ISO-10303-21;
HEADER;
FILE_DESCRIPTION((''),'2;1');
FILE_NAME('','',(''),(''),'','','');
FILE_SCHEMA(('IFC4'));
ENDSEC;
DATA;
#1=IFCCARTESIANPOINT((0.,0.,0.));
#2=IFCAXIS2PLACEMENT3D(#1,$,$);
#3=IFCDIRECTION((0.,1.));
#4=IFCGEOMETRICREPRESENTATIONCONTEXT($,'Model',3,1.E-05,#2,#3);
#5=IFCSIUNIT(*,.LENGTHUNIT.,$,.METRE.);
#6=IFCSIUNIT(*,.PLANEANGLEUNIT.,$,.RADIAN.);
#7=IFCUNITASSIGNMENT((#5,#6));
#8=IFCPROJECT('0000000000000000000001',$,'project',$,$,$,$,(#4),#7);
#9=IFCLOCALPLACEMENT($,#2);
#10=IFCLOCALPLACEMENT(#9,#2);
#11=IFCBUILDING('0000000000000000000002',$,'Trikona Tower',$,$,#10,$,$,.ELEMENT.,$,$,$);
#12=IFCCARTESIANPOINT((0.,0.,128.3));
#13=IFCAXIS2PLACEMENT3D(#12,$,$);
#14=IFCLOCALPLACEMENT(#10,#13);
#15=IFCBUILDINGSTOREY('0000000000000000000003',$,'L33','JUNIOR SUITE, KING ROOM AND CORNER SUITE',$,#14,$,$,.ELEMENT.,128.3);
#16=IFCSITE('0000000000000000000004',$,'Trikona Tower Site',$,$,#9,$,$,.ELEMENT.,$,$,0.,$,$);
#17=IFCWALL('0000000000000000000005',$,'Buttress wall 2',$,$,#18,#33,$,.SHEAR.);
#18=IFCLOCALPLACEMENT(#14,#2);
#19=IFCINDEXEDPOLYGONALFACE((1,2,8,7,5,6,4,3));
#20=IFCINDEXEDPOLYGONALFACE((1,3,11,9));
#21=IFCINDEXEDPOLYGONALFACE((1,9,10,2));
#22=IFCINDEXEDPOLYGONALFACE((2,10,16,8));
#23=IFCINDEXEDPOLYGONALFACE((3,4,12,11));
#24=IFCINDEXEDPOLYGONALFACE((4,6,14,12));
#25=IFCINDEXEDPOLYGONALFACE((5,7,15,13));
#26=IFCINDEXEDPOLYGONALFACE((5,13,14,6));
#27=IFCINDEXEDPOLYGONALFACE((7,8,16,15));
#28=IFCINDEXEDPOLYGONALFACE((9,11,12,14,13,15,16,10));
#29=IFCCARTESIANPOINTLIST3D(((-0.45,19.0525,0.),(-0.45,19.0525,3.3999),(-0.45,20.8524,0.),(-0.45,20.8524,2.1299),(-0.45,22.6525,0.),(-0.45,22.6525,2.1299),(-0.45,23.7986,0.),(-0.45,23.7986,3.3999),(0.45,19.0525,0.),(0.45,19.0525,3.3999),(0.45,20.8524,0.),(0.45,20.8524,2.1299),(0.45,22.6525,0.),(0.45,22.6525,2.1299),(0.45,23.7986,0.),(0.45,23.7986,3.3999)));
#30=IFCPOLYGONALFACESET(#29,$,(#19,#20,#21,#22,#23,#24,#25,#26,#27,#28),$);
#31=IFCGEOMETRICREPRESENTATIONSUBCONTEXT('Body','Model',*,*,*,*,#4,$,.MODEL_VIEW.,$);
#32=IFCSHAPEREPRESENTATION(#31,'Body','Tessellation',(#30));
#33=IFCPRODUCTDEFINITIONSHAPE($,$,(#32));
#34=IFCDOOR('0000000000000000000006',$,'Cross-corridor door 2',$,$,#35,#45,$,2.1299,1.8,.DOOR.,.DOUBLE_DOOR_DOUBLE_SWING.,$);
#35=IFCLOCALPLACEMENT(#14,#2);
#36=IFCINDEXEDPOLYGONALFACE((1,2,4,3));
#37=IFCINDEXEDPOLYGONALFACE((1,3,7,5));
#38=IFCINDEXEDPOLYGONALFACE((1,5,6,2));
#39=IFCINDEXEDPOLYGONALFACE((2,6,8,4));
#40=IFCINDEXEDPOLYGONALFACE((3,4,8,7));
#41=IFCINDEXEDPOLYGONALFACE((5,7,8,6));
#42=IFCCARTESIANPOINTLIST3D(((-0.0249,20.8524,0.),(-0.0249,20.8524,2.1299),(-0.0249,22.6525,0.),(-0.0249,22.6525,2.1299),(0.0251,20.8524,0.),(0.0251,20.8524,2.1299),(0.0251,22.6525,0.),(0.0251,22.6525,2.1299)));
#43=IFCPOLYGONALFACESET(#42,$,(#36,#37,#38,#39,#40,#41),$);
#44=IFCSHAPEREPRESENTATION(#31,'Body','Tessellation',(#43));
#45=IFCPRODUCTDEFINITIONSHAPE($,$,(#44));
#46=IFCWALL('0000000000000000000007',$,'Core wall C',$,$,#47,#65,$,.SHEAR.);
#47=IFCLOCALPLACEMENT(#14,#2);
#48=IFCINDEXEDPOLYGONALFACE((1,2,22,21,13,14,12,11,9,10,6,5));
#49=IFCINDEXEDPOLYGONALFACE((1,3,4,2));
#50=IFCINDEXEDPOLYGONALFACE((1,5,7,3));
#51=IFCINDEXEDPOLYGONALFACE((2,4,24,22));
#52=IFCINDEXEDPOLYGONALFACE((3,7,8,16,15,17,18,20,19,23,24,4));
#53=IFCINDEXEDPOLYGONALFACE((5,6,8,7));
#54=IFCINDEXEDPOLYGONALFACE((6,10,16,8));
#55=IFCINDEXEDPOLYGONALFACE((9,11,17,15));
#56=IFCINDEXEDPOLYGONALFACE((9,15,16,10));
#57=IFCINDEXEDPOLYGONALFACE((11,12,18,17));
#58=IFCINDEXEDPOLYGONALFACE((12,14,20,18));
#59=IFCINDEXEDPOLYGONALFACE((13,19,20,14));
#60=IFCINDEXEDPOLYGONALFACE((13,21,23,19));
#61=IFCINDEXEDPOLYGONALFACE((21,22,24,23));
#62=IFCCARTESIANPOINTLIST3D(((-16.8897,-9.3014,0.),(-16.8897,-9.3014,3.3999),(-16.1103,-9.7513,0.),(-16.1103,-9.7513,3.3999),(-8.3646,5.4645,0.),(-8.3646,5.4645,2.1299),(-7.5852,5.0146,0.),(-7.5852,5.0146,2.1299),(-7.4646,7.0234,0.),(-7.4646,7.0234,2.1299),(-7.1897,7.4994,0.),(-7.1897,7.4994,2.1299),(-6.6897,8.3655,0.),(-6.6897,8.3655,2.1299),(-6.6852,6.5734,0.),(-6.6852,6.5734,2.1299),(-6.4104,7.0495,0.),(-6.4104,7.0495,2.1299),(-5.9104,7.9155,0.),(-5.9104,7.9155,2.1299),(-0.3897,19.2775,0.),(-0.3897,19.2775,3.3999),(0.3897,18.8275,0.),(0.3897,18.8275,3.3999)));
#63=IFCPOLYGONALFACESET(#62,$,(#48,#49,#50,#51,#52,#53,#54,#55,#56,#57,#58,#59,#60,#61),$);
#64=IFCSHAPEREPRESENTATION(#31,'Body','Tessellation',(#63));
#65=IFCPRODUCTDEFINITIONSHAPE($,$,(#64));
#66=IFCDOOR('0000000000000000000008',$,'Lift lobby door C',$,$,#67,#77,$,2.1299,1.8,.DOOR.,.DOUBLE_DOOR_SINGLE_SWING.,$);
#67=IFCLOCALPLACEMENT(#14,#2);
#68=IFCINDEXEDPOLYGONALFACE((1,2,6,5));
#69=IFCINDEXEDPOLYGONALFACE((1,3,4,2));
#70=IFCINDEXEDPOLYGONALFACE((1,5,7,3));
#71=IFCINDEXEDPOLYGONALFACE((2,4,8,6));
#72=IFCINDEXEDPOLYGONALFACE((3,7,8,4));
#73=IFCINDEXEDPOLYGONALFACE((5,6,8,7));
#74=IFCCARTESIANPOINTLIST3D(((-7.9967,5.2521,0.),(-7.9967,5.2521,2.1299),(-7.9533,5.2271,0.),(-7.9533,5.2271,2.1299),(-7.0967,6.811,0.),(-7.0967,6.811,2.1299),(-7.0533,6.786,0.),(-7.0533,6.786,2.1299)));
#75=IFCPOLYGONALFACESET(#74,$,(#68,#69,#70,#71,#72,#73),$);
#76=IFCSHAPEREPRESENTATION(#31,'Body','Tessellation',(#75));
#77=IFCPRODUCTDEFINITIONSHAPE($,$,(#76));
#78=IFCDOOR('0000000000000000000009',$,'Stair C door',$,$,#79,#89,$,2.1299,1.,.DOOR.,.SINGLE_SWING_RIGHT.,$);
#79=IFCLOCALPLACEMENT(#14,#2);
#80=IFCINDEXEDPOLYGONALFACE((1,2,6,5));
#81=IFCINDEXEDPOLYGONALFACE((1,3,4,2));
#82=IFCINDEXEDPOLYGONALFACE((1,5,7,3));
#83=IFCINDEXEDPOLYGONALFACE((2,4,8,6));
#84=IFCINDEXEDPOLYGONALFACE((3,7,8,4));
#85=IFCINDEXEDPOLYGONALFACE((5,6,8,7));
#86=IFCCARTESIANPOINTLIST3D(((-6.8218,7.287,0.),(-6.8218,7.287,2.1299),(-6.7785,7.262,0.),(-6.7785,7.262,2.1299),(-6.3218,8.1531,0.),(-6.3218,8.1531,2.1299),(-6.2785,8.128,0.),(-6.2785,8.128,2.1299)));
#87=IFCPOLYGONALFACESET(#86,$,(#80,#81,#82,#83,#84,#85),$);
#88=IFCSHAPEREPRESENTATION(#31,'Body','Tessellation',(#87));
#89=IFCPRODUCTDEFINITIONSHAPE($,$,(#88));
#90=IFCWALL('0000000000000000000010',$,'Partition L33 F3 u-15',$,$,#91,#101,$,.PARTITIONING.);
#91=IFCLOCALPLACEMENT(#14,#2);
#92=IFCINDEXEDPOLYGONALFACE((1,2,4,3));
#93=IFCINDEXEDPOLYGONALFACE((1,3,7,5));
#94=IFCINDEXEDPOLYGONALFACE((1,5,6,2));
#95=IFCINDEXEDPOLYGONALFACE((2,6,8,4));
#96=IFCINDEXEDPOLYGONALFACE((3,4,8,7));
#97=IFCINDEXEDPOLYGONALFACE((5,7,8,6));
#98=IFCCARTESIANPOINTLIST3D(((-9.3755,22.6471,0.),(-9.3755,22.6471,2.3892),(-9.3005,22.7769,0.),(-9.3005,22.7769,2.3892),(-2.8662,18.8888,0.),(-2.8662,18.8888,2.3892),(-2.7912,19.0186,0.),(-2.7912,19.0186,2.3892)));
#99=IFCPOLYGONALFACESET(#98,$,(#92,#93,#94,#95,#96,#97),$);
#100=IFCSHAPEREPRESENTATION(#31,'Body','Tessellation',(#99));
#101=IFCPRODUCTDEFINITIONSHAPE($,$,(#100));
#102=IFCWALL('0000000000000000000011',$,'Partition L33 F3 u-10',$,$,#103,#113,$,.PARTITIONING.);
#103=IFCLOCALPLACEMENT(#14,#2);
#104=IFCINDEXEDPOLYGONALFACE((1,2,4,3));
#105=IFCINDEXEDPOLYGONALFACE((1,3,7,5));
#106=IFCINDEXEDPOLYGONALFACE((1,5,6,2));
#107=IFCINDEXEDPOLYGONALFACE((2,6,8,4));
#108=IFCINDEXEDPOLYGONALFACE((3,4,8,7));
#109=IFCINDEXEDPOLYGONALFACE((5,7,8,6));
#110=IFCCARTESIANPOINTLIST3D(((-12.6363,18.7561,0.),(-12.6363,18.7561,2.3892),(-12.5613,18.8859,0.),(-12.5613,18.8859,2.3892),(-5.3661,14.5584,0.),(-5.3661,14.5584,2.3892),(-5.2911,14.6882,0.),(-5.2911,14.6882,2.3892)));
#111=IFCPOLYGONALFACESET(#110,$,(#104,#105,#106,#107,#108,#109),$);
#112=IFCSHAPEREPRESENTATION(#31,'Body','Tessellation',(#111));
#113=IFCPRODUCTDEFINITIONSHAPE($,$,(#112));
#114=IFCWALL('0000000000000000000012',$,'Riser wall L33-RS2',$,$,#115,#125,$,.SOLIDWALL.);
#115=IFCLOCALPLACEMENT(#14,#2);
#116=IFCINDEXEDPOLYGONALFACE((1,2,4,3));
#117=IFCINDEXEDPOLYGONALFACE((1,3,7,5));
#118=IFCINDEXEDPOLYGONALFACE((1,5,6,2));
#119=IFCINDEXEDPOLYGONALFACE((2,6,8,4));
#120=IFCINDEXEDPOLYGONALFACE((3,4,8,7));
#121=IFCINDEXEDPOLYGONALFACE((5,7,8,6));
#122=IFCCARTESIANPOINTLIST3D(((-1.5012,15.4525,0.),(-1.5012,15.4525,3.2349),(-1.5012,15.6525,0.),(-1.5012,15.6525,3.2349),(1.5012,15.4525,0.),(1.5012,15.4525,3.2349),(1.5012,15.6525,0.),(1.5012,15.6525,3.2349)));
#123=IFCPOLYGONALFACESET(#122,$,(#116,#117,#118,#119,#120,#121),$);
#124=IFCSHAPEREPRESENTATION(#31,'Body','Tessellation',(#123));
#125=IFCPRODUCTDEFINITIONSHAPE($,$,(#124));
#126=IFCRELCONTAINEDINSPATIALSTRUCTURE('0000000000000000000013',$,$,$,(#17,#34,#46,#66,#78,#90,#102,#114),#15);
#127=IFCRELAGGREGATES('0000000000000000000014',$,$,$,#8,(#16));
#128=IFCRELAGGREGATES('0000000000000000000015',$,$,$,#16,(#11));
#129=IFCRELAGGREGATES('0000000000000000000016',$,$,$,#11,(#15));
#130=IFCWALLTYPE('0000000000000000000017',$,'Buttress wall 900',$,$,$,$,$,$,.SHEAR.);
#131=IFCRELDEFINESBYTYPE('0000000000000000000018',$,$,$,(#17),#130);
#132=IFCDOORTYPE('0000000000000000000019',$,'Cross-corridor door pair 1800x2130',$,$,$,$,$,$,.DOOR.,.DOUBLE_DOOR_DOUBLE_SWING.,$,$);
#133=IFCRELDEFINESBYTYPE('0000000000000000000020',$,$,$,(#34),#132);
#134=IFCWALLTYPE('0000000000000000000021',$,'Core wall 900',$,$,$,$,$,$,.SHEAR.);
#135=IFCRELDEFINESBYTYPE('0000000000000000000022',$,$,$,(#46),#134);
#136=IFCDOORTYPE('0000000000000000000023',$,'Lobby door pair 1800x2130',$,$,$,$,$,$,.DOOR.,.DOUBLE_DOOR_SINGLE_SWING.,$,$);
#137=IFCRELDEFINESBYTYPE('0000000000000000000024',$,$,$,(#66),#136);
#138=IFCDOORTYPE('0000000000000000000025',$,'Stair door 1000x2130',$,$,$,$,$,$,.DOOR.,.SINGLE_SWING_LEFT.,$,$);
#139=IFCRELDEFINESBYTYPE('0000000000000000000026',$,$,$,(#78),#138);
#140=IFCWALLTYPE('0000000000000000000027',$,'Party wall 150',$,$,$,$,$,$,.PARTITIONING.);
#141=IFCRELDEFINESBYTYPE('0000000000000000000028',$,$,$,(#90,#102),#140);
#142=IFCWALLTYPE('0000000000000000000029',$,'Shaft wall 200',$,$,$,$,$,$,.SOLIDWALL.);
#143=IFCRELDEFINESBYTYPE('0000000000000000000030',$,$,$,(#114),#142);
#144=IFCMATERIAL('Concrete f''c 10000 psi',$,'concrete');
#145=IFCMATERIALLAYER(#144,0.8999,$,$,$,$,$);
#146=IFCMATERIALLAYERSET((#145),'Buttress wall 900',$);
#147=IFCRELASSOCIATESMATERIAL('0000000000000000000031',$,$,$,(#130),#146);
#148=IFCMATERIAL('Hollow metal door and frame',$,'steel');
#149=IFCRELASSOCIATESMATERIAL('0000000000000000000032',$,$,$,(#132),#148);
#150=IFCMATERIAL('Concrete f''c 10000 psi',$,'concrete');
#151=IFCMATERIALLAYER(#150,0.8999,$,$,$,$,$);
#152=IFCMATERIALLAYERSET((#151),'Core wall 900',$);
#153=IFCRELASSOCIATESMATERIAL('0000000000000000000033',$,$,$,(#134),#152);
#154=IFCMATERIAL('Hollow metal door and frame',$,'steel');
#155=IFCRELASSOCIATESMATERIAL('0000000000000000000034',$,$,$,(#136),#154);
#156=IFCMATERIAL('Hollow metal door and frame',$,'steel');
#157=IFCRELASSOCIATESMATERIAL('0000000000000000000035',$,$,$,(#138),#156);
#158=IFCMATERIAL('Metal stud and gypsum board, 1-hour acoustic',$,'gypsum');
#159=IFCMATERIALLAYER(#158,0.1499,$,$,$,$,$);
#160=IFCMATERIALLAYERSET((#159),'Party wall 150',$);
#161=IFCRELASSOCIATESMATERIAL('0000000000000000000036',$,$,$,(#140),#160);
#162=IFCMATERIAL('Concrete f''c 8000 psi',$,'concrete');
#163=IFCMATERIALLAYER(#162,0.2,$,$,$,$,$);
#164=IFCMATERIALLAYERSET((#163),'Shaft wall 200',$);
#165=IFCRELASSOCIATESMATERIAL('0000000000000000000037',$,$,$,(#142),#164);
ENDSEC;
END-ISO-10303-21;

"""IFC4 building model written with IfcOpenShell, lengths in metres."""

from ifc_helpers import new_model, si_unit, direction, frame, frame_2d, origin, place, context, subcontext, project, spatial, rectangle, extrude, material, layer, layer_set, type_object, element, fill, save


model = new_model("IFC4")

# Units and contexts
model_context = context("Model", 3, precision=1e-05, world=origin(), true_north=direction((0.0, 1.0)))
body_context = subcontext(model_context, "Body", "Model", "MODEL_VIEW")
ifc_project = project(units=[si_unit("LENGTHUNIT", "METRE"), si_unit("PLANEANGLEUNIT", "RADIAN")], contexts=[model_context])

# Site, building, storey
site_placement = place(None, origin())
site = spatial("IfcSite", under=ifc_project, at=site_placement, Name="Trikona Tower Site", CompositionType="ELEMENT", RefElevation=0.0)
building_placement = place(site_placement, origin())
building = spatial("IfcBuilding", under=site, at=building_placement, Name="Trikona Tower", CompositionType="ELEMENT")
storey_placement = place(building_placement, frame((0.0, 0.0, 128.3)))
storey = spatial("IfcBuildingStorey", under=building, at=storey_placement, Name="L33", Description="JUNIOR SUITE, KING ROOM AND CORNER SUITE", CompositionType="ELEMENT", Elevation=128.3)

# Wall, opening, door
ifc_material_1 = material(Name="Concrete f'c 10000 psi", Category="concrete")
ifc_layer_1 = layer(ifc_material_1, 0.8999)
ifc_layer_set_1 = layer_set([ifc_layer_1], Name="Buttress wall 900")
wall_type_1 = type_object("IfcWallType", Name="Buttress wall 900", PredefinedType="SHEAR", material=ifc_layer_set_1)
wall_1_placement = place(storey_placement, frame((0.0, 19.0525, 0.0), z_axis=(0.0, 0.0, 1.0), x_axis=(0.0, 1.0, 0.0)))
wall_1 = element("IfcWall", 1, at=wall_1_placement, inside=storey, type_object=wall_type_1, Name="Buttress wall 2", PredefinedType="SHEAR", context=body_context, shape_type="SweptSolid", body=[
    extrude(rectangle(XDim=4.7461, YDim=0.8999, at=frame_2d((2.373, 0.0))), origin(), (0.0, 0.0, 1.0), 3.3999),
])
opening_1_placement = place(wall_1_placement, frame((1.8, 0.0, 0.0)))
opening_1 = element("IfcOpeningElement", 2, at=opening_1_placement, cuts=wall_1, PredefinedType="OPENING", context=body_context, shape_type="SweptSolid", body=[
    extrude(rectangle(XDim=1.8, YDim=2.1299, at=frame_2d((0.8999, 1.0649))), frame((0.0, 0.46, 0.0), z_axis=(0.0, -1.0, 0.0), x_axis=(1.0, 0.0, 0.0)), (0.0, 0.0, 1.0), 0.9199),
])
ifc_material_2 = material(Name="Hollow metal door and frame", Category="steel")
door_type_1 = type_object("IfcDoorType", Name="Cross-corridor door pair 1800x2130", OperationType="DOUBLE_DOOR_DOUBLE_SWING", PredefinedType="DOOR", material=ifc_material_2)
door_1_placement = place(opening_1_placement, origin())
door_1 = element("IfcDoor", 3, at=door_1_placement, inside=storey, type_object=door_type_1, Name="Cross-corridor door 2", OperationType="DOUBLE_DOOR_DOUBLE_SWING", OverallHeight=2.1299, OverallWidth=1.8, PredefinedType="DOOR", context=body_context, shape_type="SweptSolid", body=[
    extrude(rectangle(XDim=1.8, YDim=2.1299, at=frame_2d((0.8999, 1.0649))), frame((0.0, 0.0249, 0.0), z_axis=(0.0, -1.0, 0.0), x_axis=(1.0, 0.0, 0.0)), (0.0, 0.0, 1.0), 0.05),
])
fill(opening_1, door_1)

# Wall, openings, doors
ifc_material_3 = material(Name="Concrete f'c 10000 psi", Category="concrete")
ifc_layer_2 = layer(ifc_material_3, 0.8999)
ifc_layer_set_2 = layer_set([ifc_layer_2], Name="Core wall 900")
wall_type_2 = type_object("IfcWallType", Name="Core wall 900", PredefinedType="SHEAR", material=ifc_layer_set_2)
wall_2_placement = place(storey_placement, frame((0.0, 19.0525, 0.0), z_axis=(0.0, 0.0, 1.0), x_axis=(-0.5, -0.866026, 0.0)))
wall_2 = element("IfcWall", 4, at=wall_2_placement, inside=storey, type_object=wall_type_2, Name="Core wall C", PredefinedType="SHEAR", context=body_context, shape_type="SweptSolid", body=[
    extrude(rectangle(XDim=33.0, YDim=0.8999, at=frame_2d((16.5, 0.0))), origin(), (0.0, 0.0, 1.0), 3.3999),
])
opening_2_placement = place(wall_2_placement, frame((14.1499, 0.0, 0.0)))
opening_2 = element("IfcOpeningElement", 5, at=opening_2_placement, cuts=wall_2, PredefinedType="OPENING", context=body_context, shape_type="SweptSolid", body=[
    extrude(rectangle(XDim=1.8, YDim=2.1299, at=frame_2d((0.8999, 1.0649))), frame((0.0, 0.46, 0.0), z_axis=(0.0, -1.0, 0.0), x_axis=(1.0, 0.0, 0.0)), (0.0, 0.0, 1.0), 0.9199),
])
opening_3_placement = place(wall_2_placement, frame((12.6001, 0.0, 0.0)))
opening_3 = element("IfcOpeningElement", 6, at=opening_3_placement, cuts=wall_2, PredefinedType="OPENING", context=body_context, shape_type="SweptSolid", body=[
    extrude(rectangle(XDim=1.0, YDim=2.1299, at=frame_2d((0.5, 1.0649))), frame((0.0, 0.46, 0.0), z_axis=(0.0, -1.0, 0.0), x_axis=(1.0, 0.0, 0.0)), (0.0, 0.0, 1.0), 0.9199),
])
ifc_material_4 = material(Name="Hollow metal door and frame", Category="steel")
door_type_2 = type_object("IfcDoorType", Name="Lobby door pair 1800x2130", OperationType="DOUBLE_DOOR_SINGLE_SWING", PredefinedType="DOOR", material=ifc_material_4)
door_2_placement = place(opening_2_placement, origin())
door_2 = element("IfcDoor", 7, at=door_2_placement, inside=storey, type_object=door_type_2, Name="Lift lobby door C", OperationType="DOUBLE_DOOR_SINGLE_SWING", OverallHeight=2.1299, OverallWidth=1.8, PredefinedType="DOOR", context=body_context, shape_type="SweptSolid", body=[
    extrude(rectangle(XDim=1.8, YDim=2.1299, at=frame_2d((0.8999, 1.0649))), frame((0.0, 0.0249, 0.0), z_axis=(0.0, -1.0, 0.0), x_axis=(1.0, 0.0, 0.0)), (0.0, 0.0, 1.0), 0.05),
])
fill(opening_2, door_2)
ifc_material_5 = material(Name="Hollow metal door and frame", Category="steel")
door_type_3 = type_object("IfcDoorType", Name="Stair door 1000x2130", OperationType="SINGLE_SWING_LEFT", PredefinedType="DOOR", material=ifc_material_5)
door_3_placement = place(opening_3_placement, origin())
door_3 = element("IfcDoor", 8, at=door_3_placement, inside=storey, type_object=door_type_3, Name="Stair C door", OperationType="SINGLE_SWING_RIGHT", OverallHeight=2.1299, OverallWidth=1.0, PredefinedType="DOOR", context=body_context, shape_type="SweptSolid", body=[
    extrude(rectangle(XDim=1.0, YDim=2.1299, at=frame_2d((0.5, 1.0649))), frame((0.0, 0.0249, 0.0), z_axis=(0.0, -1.0, 0.0), x_axis=(1.0, 0.0, 0.0)), (0.0, 0.0, 1.0), 0.05),
])
fill(opening_3, door_3)

# Walls
ifc_material_6 = material(Name="Metal stud and gypsum board, 1-hour acoustic", Category="gypsum")
ifc_layer_3 = layer(ifc_material_6, 0.1499)
ifc_layer_set_3 = layer_set([ifc_layer_3], Name="Party wall 150")
wall_type_3 = type_object("IfcWallType", Name="Party wall 150", PredefinedType="PARTITIONING", material=ifc_layer_set_3)
wall_3_placement = place(storey_placement, frame((-2.8286, 18.9536, 0.0), z_axis=(0.0, 0.0, 1.0), x_axis=(-0.866016, 0.500017, 0.0)))
element("IfcWall", 9, at=wall_3_placement, inside=storey, type_object=wall_type_3, Name="Partition L33 F3 u-15", PredefinedType="PARTITIONING", context=body_context, shape_type="SweptSolid", body=[
    extrude(rectangle(XDim=7.5164, YDim=0.1499, at=frame_2d((3.7583, 0.0))), origin(), (0.0, 0.0, 1.0), 2.3892),
])
wall_4_placement = place(storey_placement, frame((-5.3286, 14.6233, 0.0), z_axis=(0.0, 0.0, 1.0), x_axis=(-0.866012, 0.500024, 0.0)))
element("IfcWall", 10, at=wall_4_placement, inside=storey, type_object=wall_type_3, Name="Partition L33 F3 u-10", PredefinedType="PARTITIONING", context=body_context, shape_type="SweptSolid", body=[
    extrude(rectangle(XDim=8.395, YDim=0.1499, at=frame_2d((4.1975, 0.0))), origin(), (0.0, 0.0, 1.0), 2.3892),
])
ifc_material_7 = material(Name="Concrete f'c 8000 psi", Category="concrete")
ifc_layer_4 = layer(ifc_material_7, 0.2)
ifc_layer_set_4 = layer_set([ifc_layer_4], Name="Shaft wall 200")
wall_type_4 = type_object("IfcWallType", Name="Shaft wall 200", PredefinedType="SOLIDWALL", material=ifc_layer_set_4)
wall_5_placement = place(storey_placement, frame((-1.5012, 15.5525, 0.0), z_axis=(0.0, 0.0, 1.0), x_axis=(1.0, 0.0, 0.0)))
element("IfcWall", 11, at=wall_5_placement, inside=storey, type_object=wall_type_4, Name="Riser wall L33-RS2", PredefinedType="SOLIDWALL", context=body_context, shape_type="SweptSolid", body=[
    extrude(rectangle(XDim=3.0024, YDim=0.2, at=frame_2d((1.5012, 0.0))), origin(), (0.0, 0.0, 1.0), 3.2349),
])

save(model, "model.ifc")
